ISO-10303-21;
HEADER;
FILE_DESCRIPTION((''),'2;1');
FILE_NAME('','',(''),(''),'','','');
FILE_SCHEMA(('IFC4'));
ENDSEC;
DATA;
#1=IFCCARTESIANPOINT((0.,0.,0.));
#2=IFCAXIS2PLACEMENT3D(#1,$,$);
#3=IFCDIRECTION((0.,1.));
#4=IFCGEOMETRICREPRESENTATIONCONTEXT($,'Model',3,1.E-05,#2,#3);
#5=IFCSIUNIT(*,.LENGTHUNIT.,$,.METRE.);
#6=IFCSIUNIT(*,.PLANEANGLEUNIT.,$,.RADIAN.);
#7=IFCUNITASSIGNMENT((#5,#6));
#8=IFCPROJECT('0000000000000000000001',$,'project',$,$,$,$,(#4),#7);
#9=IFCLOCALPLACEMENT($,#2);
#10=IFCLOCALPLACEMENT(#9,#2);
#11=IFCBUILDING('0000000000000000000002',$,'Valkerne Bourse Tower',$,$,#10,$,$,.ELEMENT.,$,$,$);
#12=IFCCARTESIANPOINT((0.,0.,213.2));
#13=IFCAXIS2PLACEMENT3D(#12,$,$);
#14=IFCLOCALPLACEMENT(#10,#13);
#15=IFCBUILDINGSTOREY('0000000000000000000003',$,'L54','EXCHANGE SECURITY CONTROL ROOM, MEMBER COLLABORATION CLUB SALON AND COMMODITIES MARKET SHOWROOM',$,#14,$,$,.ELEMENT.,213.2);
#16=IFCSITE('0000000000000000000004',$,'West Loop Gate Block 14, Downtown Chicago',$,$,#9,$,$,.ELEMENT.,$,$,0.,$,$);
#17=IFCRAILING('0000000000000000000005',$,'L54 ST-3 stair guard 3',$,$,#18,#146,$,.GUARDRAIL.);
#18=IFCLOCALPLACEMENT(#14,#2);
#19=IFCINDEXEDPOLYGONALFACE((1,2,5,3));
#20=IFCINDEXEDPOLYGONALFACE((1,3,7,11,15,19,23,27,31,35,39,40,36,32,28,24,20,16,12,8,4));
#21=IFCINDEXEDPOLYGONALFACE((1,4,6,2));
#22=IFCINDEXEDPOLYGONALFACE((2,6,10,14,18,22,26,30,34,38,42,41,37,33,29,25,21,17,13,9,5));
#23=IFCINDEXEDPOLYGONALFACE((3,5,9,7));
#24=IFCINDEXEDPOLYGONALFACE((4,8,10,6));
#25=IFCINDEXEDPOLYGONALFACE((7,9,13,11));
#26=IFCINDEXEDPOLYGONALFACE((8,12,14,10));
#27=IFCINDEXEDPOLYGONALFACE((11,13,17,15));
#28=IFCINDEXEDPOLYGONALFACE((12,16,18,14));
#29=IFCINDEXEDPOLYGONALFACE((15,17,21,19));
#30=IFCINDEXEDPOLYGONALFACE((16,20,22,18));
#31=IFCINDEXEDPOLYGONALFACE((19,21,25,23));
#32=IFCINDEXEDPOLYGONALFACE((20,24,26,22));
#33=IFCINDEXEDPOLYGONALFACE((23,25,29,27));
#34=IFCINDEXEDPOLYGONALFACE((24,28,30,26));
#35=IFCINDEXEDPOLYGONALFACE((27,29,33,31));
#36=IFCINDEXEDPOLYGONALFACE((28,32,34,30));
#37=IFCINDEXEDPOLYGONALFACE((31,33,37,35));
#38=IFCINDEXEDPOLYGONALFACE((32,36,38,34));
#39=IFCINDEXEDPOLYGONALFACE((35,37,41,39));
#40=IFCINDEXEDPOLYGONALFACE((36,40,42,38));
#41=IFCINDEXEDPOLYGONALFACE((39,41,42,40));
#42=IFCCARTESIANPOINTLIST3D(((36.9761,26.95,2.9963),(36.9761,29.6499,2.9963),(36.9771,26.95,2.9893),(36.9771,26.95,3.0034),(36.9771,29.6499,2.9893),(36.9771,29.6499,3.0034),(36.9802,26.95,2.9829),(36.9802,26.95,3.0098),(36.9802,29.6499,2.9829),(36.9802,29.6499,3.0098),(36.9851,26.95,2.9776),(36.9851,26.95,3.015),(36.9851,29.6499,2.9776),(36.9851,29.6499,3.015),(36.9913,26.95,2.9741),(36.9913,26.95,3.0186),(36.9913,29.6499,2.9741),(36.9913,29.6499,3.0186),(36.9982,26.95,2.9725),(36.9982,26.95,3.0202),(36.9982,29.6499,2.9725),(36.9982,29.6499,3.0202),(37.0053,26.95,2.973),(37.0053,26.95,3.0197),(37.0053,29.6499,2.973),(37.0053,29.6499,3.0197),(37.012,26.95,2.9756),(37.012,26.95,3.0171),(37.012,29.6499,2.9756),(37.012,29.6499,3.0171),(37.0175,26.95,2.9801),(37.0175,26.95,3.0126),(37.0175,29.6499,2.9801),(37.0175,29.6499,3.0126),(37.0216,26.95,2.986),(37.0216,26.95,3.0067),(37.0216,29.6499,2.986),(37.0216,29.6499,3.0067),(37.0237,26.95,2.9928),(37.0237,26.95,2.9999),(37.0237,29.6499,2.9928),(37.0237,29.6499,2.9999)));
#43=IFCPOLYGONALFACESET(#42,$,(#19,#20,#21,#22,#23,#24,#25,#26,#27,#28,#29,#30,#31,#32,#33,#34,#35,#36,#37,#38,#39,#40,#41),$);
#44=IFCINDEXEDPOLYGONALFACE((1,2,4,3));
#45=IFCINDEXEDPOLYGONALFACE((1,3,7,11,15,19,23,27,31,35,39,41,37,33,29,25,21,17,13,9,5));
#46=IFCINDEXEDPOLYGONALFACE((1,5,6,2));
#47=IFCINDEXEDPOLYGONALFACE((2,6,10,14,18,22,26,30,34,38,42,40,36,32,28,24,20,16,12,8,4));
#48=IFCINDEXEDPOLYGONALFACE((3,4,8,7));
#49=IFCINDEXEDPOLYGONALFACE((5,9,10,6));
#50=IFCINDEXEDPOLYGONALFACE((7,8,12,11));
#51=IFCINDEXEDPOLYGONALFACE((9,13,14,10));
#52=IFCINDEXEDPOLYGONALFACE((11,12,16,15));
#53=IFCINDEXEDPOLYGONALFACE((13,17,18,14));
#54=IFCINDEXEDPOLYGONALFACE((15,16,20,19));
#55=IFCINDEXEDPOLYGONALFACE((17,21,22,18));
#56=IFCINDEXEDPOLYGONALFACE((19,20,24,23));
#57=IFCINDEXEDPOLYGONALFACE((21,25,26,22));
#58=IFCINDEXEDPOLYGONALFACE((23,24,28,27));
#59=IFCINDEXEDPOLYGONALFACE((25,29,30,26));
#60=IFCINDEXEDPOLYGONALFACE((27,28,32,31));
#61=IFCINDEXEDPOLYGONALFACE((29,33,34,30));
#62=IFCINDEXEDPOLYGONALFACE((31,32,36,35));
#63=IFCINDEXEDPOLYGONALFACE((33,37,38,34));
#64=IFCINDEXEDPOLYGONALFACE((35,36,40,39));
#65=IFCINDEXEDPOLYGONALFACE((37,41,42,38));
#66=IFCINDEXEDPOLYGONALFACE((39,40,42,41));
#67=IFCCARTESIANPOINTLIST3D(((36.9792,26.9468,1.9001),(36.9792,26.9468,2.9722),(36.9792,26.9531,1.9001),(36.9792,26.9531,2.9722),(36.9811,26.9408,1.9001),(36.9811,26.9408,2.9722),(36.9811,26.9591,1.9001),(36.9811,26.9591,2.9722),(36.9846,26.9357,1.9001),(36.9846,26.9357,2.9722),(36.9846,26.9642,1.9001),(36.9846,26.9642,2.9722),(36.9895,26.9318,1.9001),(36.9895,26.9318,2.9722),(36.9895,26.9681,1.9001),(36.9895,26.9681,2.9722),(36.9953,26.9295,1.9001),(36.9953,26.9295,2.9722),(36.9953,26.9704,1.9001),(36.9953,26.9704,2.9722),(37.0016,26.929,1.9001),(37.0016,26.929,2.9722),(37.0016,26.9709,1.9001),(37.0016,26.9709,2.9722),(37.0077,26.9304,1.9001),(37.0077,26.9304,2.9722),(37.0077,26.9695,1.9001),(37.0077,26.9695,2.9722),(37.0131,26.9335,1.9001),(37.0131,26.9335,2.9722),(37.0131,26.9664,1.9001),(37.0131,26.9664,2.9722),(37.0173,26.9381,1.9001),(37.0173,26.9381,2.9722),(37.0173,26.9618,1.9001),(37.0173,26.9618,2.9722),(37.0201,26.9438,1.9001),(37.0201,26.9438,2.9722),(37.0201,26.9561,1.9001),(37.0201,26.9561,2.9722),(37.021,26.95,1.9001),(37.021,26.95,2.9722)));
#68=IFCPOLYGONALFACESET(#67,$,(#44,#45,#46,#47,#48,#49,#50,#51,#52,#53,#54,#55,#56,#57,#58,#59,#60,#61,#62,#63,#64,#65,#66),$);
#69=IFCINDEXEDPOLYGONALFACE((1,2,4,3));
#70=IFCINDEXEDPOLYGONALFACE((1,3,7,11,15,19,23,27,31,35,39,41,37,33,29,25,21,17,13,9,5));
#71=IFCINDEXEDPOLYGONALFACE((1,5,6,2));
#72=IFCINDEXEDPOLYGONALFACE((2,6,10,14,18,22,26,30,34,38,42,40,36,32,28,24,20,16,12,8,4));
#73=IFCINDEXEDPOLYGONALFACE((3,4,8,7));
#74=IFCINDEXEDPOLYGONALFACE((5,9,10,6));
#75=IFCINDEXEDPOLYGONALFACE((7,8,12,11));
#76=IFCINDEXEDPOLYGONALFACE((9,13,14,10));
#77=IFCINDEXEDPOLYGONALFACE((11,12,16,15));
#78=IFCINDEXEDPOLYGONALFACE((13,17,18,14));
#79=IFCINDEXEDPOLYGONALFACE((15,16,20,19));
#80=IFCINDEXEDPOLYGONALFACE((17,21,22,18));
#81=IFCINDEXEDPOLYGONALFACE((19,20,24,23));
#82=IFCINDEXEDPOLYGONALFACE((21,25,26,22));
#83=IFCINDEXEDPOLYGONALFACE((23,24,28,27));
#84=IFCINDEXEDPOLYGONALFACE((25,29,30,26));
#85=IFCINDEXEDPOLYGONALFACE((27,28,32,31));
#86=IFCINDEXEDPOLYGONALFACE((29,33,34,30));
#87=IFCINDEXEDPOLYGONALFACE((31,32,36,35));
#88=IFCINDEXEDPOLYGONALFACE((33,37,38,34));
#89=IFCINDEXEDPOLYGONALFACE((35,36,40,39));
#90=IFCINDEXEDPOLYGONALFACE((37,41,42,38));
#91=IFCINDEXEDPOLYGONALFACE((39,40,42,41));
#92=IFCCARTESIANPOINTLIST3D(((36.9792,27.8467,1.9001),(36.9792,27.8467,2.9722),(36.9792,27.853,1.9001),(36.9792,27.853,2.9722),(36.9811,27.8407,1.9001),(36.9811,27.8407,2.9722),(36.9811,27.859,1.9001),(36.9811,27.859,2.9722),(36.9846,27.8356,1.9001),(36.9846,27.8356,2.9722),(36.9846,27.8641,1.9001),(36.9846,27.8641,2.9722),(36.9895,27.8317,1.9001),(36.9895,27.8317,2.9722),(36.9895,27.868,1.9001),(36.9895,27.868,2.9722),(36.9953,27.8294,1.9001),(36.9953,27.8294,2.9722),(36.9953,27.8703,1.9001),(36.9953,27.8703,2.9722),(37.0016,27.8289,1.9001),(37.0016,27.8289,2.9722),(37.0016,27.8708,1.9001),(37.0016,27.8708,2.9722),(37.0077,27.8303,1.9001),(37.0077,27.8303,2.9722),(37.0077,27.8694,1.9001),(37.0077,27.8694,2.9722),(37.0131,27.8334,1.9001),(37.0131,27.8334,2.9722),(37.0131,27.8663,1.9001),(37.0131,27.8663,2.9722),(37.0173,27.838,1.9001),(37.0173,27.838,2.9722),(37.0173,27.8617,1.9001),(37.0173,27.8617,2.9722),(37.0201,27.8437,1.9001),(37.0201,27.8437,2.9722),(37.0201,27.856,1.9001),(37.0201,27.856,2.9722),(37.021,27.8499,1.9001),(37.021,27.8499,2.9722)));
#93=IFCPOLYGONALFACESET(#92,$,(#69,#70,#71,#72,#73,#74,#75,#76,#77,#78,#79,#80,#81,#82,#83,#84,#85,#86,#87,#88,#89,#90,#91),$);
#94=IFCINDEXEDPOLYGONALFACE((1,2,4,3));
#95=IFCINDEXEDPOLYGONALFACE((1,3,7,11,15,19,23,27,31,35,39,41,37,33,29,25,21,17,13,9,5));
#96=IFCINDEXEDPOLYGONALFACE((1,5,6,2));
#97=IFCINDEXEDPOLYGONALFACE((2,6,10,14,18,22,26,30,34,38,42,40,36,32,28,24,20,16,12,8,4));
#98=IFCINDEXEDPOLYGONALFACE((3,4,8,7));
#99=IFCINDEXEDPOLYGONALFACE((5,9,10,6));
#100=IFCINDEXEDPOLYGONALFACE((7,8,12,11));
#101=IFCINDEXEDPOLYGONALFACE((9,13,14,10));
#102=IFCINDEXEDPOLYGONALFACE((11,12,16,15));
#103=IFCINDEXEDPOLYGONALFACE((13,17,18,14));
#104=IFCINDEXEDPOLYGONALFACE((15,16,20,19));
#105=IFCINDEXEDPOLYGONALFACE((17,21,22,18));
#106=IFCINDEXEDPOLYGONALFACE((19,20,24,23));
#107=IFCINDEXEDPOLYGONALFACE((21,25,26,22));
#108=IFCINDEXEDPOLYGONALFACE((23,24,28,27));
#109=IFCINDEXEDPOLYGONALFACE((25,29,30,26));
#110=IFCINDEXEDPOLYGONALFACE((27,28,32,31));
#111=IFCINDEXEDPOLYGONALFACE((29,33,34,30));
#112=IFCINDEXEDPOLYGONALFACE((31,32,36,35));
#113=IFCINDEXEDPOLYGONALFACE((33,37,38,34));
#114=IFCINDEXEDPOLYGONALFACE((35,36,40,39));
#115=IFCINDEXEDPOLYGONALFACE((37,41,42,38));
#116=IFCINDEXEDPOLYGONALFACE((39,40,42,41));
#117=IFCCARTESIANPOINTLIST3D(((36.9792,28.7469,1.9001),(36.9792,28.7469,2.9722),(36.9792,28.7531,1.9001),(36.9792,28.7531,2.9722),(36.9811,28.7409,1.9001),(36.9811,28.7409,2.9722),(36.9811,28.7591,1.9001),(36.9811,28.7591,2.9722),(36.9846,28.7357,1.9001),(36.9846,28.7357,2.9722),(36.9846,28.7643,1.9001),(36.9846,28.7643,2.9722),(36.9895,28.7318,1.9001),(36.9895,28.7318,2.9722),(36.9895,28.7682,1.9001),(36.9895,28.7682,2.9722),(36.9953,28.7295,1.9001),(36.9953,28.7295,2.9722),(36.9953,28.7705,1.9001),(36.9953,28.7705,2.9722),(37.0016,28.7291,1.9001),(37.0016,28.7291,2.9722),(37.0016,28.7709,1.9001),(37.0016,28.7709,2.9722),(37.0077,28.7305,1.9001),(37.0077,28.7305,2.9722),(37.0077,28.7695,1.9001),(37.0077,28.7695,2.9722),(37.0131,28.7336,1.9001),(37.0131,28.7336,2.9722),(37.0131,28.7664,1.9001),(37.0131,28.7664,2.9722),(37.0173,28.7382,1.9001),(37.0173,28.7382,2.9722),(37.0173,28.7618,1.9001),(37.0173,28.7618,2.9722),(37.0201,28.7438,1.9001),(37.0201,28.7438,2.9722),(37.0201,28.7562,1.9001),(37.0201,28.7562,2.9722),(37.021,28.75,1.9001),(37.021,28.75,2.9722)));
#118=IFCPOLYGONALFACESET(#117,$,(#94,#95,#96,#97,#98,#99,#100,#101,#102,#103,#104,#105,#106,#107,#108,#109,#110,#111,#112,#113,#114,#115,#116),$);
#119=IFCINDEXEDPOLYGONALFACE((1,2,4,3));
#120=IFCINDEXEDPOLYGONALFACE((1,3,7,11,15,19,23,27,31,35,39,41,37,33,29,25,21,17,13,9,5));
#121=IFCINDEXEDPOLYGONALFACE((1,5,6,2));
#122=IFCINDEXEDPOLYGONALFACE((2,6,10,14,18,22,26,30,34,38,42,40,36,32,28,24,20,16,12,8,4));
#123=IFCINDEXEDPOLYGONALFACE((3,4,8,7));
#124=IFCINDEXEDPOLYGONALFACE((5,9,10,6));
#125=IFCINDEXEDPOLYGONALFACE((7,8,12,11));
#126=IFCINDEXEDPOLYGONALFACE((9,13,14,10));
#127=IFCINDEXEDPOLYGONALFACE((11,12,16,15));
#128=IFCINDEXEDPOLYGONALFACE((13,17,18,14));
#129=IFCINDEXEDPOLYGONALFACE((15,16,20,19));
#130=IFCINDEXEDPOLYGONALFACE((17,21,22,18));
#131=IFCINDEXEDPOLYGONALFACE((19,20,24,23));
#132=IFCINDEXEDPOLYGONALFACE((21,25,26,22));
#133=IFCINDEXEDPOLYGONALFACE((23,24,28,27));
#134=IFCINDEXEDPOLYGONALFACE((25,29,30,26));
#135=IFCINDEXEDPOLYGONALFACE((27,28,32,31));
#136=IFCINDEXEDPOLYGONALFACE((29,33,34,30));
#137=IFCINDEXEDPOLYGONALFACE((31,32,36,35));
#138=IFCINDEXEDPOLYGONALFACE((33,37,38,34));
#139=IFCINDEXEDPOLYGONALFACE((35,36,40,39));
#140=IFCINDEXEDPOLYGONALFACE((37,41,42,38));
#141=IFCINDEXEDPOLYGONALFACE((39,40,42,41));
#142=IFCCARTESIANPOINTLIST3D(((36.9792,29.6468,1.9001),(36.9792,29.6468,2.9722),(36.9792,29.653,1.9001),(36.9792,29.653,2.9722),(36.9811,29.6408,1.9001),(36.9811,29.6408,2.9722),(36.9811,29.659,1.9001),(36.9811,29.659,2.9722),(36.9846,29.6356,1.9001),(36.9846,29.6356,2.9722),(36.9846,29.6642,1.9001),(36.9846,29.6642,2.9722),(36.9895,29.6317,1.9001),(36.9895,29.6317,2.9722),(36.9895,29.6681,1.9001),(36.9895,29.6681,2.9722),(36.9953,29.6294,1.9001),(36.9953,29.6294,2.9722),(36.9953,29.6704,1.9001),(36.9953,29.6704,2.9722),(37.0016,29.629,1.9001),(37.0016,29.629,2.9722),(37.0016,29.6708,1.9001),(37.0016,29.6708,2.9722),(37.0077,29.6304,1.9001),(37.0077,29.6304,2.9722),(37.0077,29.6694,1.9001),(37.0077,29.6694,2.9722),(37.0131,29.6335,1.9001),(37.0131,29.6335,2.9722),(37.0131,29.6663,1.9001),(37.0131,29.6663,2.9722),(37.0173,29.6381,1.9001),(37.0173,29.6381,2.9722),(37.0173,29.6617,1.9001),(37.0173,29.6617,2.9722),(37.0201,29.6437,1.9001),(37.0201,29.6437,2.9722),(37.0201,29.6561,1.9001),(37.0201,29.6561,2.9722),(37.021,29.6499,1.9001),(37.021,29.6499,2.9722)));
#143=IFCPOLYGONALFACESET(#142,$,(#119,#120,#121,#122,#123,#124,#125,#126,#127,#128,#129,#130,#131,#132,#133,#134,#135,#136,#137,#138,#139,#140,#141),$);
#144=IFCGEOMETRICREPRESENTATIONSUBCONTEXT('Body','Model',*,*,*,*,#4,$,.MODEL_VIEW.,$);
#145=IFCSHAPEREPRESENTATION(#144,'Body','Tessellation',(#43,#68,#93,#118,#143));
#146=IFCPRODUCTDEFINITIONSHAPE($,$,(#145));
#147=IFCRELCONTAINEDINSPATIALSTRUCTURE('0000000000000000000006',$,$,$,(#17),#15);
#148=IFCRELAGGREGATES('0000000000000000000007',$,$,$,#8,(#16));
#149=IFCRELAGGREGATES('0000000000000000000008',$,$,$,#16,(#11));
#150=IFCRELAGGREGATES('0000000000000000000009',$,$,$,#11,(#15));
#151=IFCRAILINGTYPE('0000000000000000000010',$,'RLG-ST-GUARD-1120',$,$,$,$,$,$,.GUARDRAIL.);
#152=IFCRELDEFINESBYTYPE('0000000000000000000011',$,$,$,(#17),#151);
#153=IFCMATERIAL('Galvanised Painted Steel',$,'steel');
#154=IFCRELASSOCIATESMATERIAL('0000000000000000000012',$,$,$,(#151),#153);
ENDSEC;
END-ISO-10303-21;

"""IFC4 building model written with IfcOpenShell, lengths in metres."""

from ifc_helpers import new_model, si_unit, direction, frame, origin, origin_2d, place, context, subcontext, project, spatial, circle, extrude, material, type_object, element, save


model = new_model("IFC4")

# Units and contexts
model_context = context("Model", 3, precision=1e-05, world=origin(), true_north=direction((0.0, 1.0)))
body_context = subcontext(model_context, "Body", "Model", "MODEL_VIEW")
ifc_project = project(units=[si_unit("LENGTHUNIT", "METRE"), si_unit("PLANEANGLEUNIT", "RADIAN")], contexts=[model_context])

# Site, building, storey
site_placement = place(None, origin())
site = spatial("IfcSite", under=ifc_project, at=site_placement, Name="West Loop Gate Block 14, Downtown Chicago", CompositionType="ELEMENT", RefElevation=0.0)
building_placement = place(site_placement, origin())
building = spatial("IfcBuilding", under=site, at=building_placement, Name="Valkerne Bourse Tower", CompositionType="ELEMENT")
storey_placement = place(building_placement, frame((0.0, 0.0, 213.2)))
storey = spatial("IfcBuildingStorey", under=building, at=storey_placement, Name="L54", Description="EXCHANGE SECURITY CONTROL ROOM, MEMBER COLLABORATION CLUB SALON AND COMMODITIES MARKET SHOWROOM", CompositionType="ELEMENT", Elevation=213.2)

# Railing
ifc_material_1 = material(Name="Galvanised Painted Steel", Category="steel")
railing_type_1 = type_object("IfcRailingType", Name="RLG-ST-GUARD-1120", PredefinedType="GUARDRAIL", material=ifc_material_1)
railing_1_placement = place(storey_placement, frame((37.0, 26.95, 1.9001)))
element("IfcRailing", 1, at=railing_1_placement, inside=storey, type_object=railing_type_1, Name="L54 ST-3 stair guard 3", PredefinedType="GUARDRAIL", context=body_context, shape_type="SweptSolid", body=[
    extrude(circle(Radius=0.0239, at=origin_2d()), frame((0.0, 0.0, 1.0962), z_axis=(0.0, 1.0, 0.0), x_axis=(-1.0, 0.0, 0.0)), (0.0, 0.0, 1.0), 2.7),
    extrude(circle(Radius=0.021, at=origin_2d()), origin(), (0.0, 0.0, 1.0), 1.072),
    extrude(circle(Radius=0.021, at=origin_2d()), frame((0.0, 0.8999, 0.0)), (0.0, 0.0, 1.0), 1.072),
    extrude(circle(Radius=0.021, at=origin_2d()), frame((0.0, 1.8, 0.0)), (0.0, 0.0, 1.0), 1.072),
    extrude(circle(Radius=0.021, at=origin_2d()), frame((0.0, 2.7, 0.0)), (0.0, 0.0, 1.0), 1.072),
])

save(model, "model.ifc")
